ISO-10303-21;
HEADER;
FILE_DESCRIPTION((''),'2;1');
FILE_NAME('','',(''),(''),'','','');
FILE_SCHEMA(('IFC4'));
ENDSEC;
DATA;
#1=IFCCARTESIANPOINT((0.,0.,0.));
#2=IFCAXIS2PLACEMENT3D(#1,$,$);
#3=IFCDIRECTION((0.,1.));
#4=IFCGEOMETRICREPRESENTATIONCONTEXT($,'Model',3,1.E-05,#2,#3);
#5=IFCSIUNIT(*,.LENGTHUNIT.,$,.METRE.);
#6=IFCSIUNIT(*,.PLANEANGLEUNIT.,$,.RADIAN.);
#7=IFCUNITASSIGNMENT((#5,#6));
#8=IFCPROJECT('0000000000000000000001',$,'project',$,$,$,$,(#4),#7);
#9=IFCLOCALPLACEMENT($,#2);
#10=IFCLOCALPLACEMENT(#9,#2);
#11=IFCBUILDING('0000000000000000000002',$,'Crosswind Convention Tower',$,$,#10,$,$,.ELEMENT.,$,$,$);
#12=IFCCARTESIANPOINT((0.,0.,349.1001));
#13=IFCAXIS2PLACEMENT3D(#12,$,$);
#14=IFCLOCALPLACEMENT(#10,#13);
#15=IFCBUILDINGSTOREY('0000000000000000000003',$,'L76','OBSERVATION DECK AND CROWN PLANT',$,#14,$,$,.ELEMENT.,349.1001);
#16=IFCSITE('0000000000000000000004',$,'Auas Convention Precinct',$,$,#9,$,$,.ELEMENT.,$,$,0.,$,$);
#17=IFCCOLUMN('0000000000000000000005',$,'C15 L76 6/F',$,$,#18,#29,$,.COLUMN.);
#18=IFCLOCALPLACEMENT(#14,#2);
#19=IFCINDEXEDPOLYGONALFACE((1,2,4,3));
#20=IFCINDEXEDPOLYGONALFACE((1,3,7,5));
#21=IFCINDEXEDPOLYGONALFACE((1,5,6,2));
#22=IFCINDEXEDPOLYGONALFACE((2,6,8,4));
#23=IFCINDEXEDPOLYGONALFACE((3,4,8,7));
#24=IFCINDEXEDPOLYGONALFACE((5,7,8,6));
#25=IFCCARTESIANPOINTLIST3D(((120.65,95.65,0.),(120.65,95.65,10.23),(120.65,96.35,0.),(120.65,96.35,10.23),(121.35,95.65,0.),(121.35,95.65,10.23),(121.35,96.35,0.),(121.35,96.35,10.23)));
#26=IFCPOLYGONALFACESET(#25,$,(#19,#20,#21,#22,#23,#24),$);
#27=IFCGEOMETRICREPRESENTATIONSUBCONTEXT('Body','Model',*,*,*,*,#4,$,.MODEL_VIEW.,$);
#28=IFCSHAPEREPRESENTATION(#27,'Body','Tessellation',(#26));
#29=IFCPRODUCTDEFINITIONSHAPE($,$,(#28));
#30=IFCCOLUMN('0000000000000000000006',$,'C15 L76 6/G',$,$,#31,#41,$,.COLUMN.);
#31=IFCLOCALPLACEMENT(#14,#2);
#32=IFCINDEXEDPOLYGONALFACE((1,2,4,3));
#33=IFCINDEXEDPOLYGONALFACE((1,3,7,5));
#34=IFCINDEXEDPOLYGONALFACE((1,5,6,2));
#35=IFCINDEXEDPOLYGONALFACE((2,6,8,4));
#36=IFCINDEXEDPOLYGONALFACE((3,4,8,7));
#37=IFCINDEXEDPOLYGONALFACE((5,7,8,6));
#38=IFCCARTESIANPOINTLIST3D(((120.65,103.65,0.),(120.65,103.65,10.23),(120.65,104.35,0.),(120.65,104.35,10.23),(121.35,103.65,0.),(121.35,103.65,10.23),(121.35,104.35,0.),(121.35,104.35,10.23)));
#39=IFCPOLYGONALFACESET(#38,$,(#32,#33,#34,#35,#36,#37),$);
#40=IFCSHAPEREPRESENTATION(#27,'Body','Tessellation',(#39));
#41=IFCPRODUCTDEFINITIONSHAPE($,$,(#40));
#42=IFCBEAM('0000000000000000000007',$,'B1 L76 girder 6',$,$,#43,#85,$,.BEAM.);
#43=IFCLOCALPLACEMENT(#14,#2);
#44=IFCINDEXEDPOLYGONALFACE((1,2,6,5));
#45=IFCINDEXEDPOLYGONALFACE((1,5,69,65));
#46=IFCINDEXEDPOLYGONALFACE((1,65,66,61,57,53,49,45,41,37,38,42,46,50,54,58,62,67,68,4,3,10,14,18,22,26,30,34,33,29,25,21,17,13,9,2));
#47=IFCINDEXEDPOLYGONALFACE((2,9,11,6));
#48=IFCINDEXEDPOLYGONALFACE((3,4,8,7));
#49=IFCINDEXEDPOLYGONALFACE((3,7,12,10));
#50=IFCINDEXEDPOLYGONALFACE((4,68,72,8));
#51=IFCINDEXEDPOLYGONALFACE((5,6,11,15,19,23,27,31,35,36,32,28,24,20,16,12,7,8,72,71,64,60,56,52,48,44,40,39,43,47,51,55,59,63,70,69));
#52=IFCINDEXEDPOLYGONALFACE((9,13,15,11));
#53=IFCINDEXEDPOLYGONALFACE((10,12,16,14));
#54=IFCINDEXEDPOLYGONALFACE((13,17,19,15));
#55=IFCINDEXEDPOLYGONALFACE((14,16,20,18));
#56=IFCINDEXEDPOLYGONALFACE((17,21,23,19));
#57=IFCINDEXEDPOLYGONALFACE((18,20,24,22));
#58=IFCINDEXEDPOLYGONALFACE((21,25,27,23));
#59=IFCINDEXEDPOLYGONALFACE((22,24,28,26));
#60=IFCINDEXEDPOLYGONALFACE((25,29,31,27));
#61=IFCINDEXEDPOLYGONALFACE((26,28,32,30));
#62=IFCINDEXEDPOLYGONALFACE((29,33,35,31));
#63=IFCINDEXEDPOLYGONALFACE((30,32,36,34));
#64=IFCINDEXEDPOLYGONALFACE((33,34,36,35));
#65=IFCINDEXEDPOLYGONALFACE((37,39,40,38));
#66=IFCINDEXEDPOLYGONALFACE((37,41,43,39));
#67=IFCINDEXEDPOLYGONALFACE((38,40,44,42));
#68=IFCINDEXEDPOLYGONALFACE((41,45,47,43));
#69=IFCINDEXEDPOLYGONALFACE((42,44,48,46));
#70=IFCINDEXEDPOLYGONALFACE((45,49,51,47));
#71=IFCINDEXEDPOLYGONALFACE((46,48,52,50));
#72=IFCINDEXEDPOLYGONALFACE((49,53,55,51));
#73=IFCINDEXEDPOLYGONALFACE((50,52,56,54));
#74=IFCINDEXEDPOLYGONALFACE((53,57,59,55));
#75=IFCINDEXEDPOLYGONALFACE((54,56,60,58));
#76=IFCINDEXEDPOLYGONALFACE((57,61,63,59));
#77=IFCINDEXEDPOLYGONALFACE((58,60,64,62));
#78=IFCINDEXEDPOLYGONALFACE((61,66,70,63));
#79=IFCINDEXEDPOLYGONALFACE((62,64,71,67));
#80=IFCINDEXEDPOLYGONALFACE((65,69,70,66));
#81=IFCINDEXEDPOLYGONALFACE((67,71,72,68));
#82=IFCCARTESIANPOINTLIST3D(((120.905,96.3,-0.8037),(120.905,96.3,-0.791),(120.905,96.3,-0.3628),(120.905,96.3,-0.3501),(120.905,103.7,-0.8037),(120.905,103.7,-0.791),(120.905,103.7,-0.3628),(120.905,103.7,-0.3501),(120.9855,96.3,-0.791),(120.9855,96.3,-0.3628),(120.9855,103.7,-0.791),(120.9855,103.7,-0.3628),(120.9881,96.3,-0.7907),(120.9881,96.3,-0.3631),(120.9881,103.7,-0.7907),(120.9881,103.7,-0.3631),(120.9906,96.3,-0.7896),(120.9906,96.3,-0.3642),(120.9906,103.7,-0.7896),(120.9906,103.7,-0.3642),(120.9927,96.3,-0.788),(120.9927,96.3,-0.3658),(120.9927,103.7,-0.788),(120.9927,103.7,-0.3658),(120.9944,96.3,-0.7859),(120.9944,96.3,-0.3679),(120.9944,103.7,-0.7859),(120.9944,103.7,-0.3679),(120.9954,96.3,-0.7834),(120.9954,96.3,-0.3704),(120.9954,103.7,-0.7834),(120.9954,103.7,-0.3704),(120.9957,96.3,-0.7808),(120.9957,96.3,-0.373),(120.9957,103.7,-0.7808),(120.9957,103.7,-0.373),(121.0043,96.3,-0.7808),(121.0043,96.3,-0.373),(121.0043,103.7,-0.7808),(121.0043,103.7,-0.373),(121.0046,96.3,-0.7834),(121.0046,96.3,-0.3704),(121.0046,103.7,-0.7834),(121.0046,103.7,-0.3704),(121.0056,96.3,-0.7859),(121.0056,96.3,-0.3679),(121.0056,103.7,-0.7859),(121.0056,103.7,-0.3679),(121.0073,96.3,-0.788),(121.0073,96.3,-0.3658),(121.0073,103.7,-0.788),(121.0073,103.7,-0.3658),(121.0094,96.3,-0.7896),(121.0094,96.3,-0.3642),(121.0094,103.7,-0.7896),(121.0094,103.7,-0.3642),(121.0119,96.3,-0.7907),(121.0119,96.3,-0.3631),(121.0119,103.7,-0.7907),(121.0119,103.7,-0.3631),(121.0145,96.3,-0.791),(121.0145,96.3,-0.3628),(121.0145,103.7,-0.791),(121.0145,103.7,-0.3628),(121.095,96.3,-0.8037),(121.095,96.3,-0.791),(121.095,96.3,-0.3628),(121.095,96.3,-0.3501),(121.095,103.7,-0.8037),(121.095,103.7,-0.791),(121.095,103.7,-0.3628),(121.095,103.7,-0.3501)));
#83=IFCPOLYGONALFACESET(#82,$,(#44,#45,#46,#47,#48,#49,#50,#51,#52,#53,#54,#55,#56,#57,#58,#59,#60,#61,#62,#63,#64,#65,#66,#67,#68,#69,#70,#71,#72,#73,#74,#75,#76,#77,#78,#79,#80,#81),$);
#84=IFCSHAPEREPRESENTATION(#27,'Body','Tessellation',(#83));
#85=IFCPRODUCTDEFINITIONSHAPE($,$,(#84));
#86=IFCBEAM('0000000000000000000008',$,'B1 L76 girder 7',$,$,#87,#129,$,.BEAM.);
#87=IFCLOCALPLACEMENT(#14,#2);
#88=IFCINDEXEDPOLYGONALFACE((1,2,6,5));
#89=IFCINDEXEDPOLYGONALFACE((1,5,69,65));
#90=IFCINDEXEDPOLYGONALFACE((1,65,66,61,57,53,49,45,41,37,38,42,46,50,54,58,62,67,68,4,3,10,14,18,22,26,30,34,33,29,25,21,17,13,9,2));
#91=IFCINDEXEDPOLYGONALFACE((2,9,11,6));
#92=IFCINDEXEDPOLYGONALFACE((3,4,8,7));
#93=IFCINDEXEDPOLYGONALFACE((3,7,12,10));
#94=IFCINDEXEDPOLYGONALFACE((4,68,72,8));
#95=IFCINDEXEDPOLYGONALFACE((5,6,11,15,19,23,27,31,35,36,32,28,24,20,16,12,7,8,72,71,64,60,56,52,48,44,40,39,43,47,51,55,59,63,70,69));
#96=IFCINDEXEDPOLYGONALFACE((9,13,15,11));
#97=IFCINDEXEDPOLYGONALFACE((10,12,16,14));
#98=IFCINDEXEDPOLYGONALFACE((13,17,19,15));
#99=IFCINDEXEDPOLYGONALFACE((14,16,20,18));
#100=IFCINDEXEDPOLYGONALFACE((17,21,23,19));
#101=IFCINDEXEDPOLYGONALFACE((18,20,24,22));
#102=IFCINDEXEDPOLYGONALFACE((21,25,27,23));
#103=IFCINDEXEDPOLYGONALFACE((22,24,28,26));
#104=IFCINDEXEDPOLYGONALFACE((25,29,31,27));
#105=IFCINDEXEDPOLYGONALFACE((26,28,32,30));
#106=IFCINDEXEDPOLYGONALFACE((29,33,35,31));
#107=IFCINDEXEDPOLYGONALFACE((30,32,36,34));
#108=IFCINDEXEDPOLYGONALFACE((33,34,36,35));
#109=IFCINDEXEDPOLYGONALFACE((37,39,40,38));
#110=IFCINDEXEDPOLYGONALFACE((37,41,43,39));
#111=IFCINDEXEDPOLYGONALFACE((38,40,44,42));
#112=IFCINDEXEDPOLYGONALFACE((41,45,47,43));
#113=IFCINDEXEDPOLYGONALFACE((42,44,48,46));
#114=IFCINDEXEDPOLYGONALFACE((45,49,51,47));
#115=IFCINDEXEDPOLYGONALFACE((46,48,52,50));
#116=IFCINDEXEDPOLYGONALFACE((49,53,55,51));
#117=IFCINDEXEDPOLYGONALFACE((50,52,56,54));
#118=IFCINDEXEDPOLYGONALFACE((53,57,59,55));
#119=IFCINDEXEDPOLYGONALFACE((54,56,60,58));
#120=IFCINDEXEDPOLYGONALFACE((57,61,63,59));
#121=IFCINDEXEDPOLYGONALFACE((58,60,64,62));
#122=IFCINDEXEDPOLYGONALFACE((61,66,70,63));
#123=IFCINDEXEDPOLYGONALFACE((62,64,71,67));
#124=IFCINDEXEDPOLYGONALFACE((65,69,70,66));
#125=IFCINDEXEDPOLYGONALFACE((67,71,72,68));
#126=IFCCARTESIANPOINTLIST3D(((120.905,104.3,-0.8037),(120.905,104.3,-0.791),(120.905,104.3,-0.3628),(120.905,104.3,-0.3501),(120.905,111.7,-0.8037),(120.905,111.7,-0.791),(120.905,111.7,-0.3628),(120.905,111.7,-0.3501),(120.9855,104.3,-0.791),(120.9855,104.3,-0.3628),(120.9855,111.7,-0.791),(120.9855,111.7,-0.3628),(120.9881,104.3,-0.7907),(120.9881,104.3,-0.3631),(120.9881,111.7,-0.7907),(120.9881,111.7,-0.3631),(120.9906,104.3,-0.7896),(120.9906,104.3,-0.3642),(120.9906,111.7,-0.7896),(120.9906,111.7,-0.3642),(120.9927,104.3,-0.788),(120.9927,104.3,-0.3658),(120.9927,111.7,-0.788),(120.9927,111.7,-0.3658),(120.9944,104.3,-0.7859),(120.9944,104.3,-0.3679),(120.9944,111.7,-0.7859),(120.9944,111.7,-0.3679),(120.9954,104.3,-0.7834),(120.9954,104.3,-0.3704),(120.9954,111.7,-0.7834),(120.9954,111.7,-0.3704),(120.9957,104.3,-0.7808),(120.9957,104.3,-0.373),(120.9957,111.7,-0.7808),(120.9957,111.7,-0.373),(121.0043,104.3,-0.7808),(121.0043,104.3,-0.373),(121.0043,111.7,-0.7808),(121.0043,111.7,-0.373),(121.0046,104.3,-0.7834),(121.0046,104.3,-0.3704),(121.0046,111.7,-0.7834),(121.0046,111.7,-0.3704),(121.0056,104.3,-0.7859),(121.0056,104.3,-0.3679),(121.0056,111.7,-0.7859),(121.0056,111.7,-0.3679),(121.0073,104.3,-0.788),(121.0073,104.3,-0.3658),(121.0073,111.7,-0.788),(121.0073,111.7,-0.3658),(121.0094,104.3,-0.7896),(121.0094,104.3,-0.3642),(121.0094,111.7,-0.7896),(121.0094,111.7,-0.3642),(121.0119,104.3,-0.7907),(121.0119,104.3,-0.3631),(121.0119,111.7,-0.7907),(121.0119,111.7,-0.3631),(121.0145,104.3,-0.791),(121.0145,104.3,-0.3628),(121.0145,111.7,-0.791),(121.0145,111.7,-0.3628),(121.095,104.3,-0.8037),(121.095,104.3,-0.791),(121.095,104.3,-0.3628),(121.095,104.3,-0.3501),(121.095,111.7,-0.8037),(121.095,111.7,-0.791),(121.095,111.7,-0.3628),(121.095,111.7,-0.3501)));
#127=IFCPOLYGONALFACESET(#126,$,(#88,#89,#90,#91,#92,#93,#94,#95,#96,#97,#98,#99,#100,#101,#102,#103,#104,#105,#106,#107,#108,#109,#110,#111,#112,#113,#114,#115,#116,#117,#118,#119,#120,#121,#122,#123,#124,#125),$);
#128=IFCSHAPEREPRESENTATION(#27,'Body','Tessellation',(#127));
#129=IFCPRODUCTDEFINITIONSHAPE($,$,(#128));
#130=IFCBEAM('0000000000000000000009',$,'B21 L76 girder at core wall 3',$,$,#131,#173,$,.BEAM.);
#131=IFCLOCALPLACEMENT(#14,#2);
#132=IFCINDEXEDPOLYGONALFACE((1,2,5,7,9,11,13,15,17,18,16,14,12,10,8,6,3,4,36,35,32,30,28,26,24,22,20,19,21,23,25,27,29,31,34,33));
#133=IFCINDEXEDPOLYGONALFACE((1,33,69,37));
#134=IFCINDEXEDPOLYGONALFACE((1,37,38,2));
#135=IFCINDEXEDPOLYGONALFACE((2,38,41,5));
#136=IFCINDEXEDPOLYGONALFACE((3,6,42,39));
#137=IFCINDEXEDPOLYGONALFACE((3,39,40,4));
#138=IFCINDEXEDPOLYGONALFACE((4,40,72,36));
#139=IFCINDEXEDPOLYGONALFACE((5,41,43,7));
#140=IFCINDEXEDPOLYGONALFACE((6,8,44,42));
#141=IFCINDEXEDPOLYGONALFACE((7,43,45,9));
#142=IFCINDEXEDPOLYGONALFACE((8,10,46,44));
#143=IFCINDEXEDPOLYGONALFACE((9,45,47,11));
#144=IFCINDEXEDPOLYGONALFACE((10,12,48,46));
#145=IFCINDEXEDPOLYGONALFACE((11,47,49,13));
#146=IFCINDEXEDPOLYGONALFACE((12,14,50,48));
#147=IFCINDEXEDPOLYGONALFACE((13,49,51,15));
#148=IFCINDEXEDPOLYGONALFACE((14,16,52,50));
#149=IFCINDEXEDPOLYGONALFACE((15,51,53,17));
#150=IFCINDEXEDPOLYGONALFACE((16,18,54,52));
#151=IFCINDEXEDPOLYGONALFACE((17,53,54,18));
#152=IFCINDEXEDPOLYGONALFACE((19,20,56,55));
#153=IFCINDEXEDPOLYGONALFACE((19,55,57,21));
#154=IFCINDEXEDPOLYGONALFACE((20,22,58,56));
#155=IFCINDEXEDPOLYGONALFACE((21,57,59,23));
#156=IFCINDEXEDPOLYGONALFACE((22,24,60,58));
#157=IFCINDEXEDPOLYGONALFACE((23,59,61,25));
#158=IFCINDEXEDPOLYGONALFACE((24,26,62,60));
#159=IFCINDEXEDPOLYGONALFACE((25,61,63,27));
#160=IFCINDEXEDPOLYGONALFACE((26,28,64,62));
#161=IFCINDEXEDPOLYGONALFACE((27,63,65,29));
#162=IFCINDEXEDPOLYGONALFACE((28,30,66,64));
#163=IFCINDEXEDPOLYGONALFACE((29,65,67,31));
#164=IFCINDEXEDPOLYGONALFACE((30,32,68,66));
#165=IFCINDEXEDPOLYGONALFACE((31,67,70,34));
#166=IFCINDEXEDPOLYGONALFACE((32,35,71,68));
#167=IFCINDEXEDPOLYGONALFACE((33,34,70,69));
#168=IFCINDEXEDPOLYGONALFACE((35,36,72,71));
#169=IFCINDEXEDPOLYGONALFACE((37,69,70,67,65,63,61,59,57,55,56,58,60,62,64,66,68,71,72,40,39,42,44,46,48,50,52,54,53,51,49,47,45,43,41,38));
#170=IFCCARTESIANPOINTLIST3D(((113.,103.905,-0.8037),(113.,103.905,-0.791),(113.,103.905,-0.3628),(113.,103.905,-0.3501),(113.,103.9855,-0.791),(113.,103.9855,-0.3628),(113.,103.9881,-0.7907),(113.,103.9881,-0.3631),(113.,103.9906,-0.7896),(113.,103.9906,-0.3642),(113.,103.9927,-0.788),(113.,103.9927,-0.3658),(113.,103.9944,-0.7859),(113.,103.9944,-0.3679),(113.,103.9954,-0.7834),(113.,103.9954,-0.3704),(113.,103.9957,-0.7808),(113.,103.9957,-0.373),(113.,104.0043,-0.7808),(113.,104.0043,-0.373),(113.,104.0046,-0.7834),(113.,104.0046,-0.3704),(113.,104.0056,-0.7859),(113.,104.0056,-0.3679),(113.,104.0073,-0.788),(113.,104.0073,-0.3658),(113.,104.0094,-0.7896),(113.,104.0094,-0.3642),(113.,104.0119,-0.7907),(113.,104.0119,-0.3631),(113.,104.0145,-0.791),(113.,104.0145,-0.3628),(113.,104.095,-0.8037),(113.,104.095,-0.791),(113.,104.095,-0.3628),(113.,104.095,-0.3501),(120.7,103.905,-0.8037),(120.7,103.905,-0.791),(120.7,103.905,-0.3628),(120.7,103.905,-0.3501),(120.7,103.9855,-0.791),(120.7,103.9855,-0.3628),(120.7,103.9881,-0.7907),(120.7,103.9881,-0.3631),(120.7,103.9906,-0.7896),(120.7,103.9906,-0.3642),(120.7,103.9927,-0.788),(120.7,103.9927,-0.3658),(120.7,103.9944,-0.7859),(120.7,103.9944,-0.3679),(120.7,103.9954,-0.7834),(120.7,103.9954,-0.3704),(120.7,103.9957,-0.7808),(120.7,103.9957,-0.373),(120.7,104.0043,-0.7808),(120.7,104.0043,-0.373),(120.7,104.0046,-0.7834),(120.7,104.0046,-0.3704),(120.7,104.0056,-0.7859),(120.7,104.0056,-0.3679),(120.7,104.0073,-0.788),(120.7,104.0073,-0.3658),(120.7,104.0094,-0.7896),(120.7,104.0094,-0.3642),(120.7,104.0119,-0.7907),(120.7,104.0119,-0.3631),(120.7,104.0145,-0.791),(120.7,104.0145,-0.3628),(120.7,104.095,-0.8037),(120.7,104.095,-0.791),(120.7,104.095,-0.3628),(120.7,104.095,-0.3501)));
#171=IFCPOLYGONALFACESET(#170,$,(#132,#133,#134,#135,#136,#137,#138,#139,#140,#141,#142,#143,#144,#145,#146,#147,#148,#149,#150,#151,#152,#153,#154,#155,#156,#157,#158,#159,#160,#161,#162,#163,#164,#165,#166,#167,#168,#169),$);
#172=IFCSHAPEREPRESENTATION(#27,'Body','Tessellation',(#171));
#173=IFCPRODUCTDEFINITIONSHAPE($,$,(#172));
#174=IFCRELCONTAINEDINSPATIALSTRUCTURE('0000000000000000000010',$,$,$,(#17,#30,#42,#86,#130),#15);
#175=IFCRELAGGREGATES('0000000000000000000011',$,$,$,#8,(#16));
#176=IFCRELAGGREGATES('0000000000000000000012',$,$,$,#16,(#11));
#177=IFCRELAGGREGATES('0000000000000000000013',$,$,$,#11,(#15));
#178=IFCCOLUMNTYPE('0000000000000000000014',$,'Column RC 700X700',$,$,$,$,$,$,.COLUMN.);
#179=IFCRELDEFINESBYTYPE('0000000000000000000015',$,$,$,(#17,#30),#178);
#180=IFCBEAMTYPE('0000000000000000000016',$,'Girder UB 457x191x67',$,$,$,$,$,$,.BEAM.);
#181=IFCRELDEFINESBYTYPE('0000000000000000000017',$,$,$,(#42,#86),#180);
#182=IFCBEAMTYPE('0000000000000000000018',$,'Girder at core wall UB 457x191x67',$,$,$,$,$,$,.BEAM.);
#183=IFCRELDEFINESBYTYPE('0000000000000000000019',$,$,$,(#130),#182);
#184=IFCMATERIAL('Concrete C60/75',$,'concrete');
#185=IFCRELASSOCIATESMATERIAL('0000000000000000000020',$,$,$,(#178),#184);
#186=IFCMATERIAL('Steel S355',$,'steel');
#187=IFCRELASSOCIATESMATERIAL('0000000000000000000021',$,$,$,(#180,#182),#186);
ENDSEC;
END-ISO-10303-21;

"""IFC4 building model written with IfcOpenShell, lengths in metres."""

from ifc_helpers import new_model, si_unit, direction, frame, origin, origin_2d, place, context, subcontext, project, spatial, rectangle, i_section, extrude, material, material_profile, profile_set, type_object, element, save


model = new_model("IFC4")

# Units and contexts
model_context = context("Model", 3, precision=1e-05, world=origin(), true_north=direction((0.0, 1.0)))
body_context = subcontext(model_context, "Body", "Model", "MODEL_VIEW")
ifc_project = project(units=[si_unit("LENGTHUNIT", "METRE"), si_unit("PLANEANGLEUNIT", "RADIAN")], contexts=[model_context])

# Site, building, storey
site_placement = place(None, origin())
site = spatial("IfcSite", under=ifc_project, at=site_placement, Name="Auas Convention Precinct", CompositionType="ELEMENT", RefElevation=0.0)
building_placement = place(site_placement, origin())
building = spatial("IfcBuilding", under=site, at=building_placement, Name="Crosswind Convention Tower", CompositionType="ELEMENT")
storey_placement = place(building_placement, frame((0.0, 0.0, 349.1001)))
storey = spatial("IfcBuildingStorey", under=building, at=storey_placement, Name="L76", Description="OBSERVATION DECK AND CROWN PLANT", CompositionType="ELEMENT", Elevation=349.1001)

# Columns
ifc_material_1 = material(Name="Concrete C60/75", Category="concrete")
ifc_material_profile_1 = material_profile(ifc_material_1, rectangle(XDim=0.7, YDim=0.7, at=origin_2d()), Name="RC 700X700")
ifc_profile_set_1 = profile_set([ifc_material_profile_1], Name="Concrete C60/75")
column_type = type_object("IfcColumnType", Name="Column RC 700X700", PredefinedType="COLUMN", material=ifc_profile_set_1)
for number, where, z_axis, x_axis, name in (
    (1, (121.0, 96.0, 0.0), (0.0, 0.0, 1.0), (1.0, 0.0, 0.0), "C15 L76 6/F"),
    (2, (121.0, 104.0, 0.0), (0.0, 0.0, 1.0), (1.0, 0.0, 0.0), "C15 L76 6/G"),
):
    element("IfcColumn", number, at=place(storey_placement, frame(where, z_axis=z_axis, x_axis=x_axis)), inside=storey, type_object=column_type, Name=name, PredefinedType="COLUMN", context=body_context, shape_type="SweptSolid", body=[
        extrude(rectangle(XDim=0.7, YDim=0.7, at=origin_2d()), origin(), (0.0, 0.0, 1.0), 10.23),
    ])

# Beams
ifc_material_2 = material(Name="Steel S355", Category="steel")
ifc_material_profile_2 = material_profile(ifc_material_2, i_section(OverallWidth=0.1899, OverallDepth=0.4536, WebThickness=0.0085, FlangeThickness=0.0127, FilletRadius=0.0103, at=origin_2d()), Name="UB 457x191x67")
ifc_profile_set_2 = profile_set([ifc_material_profile_2], Name="Steel S355")
beam_type_1 = type_object("IfcBeamType", Name="Girder UB 457x191x67", PredefinedType="BEAM", material=ifc_profile_set_2)
for number, where, z_axis, x_axis, name in (
    (3, (121.0, 96.3, -0.5769), (0.0, 1.0, 0.0), (-1.0, 0.0, 0.0), "B1 L76 girder 6"),
    (4, (121.0, 104.3, -0.5769), (0.0, 1.0, 0.0), (-1.0, 0.0, 0.0), "B1 L76 girder 7"),
):
    element("IfcBeam", number, at=place(storey_placement, frame(where, z_axis=z_axis, x_axis=x_axis)), inside=storey, type_object=beam_type_1, Name=name, PredefinedType="BEAM", context=body_context, shape_type="SweptSolid", body=[
        extrude(i_section(OverallWidth=0.1899, OverallDepth=0.4536, WebThickness=0.0085, FlangeThickness=0.0127, FilletRadius=0.0103, at=origin_2d()), origin(), (0.0, 0.0, 1.0), 7.3999),
    ])
ifc_material_profile_3 = material_profile(ifc_material_2, i_section(OverallWidth=0.1899, OverallDepth=0.4536, WebThickness=0.0085, FlangeThickness=0.0127, FilletRadius=0.0103, at=origin_2d()), Name="UB 457x191x67")
ifc_profile_set_3 = profile_set([ifc_material_profile_3], Name="Steel S355")
beam_type_2 = type_object("IfcBeamType", Name="Girder at core wall UB 457x191x67", PredefinedType="BEAM", material=ifc_profile_set_3)
for number, where, z_axis, x_axis, name in (
    (5, (113.0, 104.0, -0.5769), (1.0, 0.0, 0.0), (0.0, 1.0, 0.0), "B21 L76 girder at core wall 3"),
):
    element("IfcBeam", number, at=place(storey_placement, frame(where, z_axis=z_axis, x_axis=x_axis)), inside=storey, type_object=beam_type_2, Name=name, PredefinedType="BEAM", context=body_context, shape_type="SweptSolid", body=[
        extrude(i_section(OverallWidth=0.1899, OverallDepth=0.4536, WebThickness=0.0085, FlangeThickness=0.0127, FilletRadius=0.0103, at=origin_2d()), origin(), (0.0, 0.0, 1.0), 7.7),
    ])

save(model, "model.ifc")
